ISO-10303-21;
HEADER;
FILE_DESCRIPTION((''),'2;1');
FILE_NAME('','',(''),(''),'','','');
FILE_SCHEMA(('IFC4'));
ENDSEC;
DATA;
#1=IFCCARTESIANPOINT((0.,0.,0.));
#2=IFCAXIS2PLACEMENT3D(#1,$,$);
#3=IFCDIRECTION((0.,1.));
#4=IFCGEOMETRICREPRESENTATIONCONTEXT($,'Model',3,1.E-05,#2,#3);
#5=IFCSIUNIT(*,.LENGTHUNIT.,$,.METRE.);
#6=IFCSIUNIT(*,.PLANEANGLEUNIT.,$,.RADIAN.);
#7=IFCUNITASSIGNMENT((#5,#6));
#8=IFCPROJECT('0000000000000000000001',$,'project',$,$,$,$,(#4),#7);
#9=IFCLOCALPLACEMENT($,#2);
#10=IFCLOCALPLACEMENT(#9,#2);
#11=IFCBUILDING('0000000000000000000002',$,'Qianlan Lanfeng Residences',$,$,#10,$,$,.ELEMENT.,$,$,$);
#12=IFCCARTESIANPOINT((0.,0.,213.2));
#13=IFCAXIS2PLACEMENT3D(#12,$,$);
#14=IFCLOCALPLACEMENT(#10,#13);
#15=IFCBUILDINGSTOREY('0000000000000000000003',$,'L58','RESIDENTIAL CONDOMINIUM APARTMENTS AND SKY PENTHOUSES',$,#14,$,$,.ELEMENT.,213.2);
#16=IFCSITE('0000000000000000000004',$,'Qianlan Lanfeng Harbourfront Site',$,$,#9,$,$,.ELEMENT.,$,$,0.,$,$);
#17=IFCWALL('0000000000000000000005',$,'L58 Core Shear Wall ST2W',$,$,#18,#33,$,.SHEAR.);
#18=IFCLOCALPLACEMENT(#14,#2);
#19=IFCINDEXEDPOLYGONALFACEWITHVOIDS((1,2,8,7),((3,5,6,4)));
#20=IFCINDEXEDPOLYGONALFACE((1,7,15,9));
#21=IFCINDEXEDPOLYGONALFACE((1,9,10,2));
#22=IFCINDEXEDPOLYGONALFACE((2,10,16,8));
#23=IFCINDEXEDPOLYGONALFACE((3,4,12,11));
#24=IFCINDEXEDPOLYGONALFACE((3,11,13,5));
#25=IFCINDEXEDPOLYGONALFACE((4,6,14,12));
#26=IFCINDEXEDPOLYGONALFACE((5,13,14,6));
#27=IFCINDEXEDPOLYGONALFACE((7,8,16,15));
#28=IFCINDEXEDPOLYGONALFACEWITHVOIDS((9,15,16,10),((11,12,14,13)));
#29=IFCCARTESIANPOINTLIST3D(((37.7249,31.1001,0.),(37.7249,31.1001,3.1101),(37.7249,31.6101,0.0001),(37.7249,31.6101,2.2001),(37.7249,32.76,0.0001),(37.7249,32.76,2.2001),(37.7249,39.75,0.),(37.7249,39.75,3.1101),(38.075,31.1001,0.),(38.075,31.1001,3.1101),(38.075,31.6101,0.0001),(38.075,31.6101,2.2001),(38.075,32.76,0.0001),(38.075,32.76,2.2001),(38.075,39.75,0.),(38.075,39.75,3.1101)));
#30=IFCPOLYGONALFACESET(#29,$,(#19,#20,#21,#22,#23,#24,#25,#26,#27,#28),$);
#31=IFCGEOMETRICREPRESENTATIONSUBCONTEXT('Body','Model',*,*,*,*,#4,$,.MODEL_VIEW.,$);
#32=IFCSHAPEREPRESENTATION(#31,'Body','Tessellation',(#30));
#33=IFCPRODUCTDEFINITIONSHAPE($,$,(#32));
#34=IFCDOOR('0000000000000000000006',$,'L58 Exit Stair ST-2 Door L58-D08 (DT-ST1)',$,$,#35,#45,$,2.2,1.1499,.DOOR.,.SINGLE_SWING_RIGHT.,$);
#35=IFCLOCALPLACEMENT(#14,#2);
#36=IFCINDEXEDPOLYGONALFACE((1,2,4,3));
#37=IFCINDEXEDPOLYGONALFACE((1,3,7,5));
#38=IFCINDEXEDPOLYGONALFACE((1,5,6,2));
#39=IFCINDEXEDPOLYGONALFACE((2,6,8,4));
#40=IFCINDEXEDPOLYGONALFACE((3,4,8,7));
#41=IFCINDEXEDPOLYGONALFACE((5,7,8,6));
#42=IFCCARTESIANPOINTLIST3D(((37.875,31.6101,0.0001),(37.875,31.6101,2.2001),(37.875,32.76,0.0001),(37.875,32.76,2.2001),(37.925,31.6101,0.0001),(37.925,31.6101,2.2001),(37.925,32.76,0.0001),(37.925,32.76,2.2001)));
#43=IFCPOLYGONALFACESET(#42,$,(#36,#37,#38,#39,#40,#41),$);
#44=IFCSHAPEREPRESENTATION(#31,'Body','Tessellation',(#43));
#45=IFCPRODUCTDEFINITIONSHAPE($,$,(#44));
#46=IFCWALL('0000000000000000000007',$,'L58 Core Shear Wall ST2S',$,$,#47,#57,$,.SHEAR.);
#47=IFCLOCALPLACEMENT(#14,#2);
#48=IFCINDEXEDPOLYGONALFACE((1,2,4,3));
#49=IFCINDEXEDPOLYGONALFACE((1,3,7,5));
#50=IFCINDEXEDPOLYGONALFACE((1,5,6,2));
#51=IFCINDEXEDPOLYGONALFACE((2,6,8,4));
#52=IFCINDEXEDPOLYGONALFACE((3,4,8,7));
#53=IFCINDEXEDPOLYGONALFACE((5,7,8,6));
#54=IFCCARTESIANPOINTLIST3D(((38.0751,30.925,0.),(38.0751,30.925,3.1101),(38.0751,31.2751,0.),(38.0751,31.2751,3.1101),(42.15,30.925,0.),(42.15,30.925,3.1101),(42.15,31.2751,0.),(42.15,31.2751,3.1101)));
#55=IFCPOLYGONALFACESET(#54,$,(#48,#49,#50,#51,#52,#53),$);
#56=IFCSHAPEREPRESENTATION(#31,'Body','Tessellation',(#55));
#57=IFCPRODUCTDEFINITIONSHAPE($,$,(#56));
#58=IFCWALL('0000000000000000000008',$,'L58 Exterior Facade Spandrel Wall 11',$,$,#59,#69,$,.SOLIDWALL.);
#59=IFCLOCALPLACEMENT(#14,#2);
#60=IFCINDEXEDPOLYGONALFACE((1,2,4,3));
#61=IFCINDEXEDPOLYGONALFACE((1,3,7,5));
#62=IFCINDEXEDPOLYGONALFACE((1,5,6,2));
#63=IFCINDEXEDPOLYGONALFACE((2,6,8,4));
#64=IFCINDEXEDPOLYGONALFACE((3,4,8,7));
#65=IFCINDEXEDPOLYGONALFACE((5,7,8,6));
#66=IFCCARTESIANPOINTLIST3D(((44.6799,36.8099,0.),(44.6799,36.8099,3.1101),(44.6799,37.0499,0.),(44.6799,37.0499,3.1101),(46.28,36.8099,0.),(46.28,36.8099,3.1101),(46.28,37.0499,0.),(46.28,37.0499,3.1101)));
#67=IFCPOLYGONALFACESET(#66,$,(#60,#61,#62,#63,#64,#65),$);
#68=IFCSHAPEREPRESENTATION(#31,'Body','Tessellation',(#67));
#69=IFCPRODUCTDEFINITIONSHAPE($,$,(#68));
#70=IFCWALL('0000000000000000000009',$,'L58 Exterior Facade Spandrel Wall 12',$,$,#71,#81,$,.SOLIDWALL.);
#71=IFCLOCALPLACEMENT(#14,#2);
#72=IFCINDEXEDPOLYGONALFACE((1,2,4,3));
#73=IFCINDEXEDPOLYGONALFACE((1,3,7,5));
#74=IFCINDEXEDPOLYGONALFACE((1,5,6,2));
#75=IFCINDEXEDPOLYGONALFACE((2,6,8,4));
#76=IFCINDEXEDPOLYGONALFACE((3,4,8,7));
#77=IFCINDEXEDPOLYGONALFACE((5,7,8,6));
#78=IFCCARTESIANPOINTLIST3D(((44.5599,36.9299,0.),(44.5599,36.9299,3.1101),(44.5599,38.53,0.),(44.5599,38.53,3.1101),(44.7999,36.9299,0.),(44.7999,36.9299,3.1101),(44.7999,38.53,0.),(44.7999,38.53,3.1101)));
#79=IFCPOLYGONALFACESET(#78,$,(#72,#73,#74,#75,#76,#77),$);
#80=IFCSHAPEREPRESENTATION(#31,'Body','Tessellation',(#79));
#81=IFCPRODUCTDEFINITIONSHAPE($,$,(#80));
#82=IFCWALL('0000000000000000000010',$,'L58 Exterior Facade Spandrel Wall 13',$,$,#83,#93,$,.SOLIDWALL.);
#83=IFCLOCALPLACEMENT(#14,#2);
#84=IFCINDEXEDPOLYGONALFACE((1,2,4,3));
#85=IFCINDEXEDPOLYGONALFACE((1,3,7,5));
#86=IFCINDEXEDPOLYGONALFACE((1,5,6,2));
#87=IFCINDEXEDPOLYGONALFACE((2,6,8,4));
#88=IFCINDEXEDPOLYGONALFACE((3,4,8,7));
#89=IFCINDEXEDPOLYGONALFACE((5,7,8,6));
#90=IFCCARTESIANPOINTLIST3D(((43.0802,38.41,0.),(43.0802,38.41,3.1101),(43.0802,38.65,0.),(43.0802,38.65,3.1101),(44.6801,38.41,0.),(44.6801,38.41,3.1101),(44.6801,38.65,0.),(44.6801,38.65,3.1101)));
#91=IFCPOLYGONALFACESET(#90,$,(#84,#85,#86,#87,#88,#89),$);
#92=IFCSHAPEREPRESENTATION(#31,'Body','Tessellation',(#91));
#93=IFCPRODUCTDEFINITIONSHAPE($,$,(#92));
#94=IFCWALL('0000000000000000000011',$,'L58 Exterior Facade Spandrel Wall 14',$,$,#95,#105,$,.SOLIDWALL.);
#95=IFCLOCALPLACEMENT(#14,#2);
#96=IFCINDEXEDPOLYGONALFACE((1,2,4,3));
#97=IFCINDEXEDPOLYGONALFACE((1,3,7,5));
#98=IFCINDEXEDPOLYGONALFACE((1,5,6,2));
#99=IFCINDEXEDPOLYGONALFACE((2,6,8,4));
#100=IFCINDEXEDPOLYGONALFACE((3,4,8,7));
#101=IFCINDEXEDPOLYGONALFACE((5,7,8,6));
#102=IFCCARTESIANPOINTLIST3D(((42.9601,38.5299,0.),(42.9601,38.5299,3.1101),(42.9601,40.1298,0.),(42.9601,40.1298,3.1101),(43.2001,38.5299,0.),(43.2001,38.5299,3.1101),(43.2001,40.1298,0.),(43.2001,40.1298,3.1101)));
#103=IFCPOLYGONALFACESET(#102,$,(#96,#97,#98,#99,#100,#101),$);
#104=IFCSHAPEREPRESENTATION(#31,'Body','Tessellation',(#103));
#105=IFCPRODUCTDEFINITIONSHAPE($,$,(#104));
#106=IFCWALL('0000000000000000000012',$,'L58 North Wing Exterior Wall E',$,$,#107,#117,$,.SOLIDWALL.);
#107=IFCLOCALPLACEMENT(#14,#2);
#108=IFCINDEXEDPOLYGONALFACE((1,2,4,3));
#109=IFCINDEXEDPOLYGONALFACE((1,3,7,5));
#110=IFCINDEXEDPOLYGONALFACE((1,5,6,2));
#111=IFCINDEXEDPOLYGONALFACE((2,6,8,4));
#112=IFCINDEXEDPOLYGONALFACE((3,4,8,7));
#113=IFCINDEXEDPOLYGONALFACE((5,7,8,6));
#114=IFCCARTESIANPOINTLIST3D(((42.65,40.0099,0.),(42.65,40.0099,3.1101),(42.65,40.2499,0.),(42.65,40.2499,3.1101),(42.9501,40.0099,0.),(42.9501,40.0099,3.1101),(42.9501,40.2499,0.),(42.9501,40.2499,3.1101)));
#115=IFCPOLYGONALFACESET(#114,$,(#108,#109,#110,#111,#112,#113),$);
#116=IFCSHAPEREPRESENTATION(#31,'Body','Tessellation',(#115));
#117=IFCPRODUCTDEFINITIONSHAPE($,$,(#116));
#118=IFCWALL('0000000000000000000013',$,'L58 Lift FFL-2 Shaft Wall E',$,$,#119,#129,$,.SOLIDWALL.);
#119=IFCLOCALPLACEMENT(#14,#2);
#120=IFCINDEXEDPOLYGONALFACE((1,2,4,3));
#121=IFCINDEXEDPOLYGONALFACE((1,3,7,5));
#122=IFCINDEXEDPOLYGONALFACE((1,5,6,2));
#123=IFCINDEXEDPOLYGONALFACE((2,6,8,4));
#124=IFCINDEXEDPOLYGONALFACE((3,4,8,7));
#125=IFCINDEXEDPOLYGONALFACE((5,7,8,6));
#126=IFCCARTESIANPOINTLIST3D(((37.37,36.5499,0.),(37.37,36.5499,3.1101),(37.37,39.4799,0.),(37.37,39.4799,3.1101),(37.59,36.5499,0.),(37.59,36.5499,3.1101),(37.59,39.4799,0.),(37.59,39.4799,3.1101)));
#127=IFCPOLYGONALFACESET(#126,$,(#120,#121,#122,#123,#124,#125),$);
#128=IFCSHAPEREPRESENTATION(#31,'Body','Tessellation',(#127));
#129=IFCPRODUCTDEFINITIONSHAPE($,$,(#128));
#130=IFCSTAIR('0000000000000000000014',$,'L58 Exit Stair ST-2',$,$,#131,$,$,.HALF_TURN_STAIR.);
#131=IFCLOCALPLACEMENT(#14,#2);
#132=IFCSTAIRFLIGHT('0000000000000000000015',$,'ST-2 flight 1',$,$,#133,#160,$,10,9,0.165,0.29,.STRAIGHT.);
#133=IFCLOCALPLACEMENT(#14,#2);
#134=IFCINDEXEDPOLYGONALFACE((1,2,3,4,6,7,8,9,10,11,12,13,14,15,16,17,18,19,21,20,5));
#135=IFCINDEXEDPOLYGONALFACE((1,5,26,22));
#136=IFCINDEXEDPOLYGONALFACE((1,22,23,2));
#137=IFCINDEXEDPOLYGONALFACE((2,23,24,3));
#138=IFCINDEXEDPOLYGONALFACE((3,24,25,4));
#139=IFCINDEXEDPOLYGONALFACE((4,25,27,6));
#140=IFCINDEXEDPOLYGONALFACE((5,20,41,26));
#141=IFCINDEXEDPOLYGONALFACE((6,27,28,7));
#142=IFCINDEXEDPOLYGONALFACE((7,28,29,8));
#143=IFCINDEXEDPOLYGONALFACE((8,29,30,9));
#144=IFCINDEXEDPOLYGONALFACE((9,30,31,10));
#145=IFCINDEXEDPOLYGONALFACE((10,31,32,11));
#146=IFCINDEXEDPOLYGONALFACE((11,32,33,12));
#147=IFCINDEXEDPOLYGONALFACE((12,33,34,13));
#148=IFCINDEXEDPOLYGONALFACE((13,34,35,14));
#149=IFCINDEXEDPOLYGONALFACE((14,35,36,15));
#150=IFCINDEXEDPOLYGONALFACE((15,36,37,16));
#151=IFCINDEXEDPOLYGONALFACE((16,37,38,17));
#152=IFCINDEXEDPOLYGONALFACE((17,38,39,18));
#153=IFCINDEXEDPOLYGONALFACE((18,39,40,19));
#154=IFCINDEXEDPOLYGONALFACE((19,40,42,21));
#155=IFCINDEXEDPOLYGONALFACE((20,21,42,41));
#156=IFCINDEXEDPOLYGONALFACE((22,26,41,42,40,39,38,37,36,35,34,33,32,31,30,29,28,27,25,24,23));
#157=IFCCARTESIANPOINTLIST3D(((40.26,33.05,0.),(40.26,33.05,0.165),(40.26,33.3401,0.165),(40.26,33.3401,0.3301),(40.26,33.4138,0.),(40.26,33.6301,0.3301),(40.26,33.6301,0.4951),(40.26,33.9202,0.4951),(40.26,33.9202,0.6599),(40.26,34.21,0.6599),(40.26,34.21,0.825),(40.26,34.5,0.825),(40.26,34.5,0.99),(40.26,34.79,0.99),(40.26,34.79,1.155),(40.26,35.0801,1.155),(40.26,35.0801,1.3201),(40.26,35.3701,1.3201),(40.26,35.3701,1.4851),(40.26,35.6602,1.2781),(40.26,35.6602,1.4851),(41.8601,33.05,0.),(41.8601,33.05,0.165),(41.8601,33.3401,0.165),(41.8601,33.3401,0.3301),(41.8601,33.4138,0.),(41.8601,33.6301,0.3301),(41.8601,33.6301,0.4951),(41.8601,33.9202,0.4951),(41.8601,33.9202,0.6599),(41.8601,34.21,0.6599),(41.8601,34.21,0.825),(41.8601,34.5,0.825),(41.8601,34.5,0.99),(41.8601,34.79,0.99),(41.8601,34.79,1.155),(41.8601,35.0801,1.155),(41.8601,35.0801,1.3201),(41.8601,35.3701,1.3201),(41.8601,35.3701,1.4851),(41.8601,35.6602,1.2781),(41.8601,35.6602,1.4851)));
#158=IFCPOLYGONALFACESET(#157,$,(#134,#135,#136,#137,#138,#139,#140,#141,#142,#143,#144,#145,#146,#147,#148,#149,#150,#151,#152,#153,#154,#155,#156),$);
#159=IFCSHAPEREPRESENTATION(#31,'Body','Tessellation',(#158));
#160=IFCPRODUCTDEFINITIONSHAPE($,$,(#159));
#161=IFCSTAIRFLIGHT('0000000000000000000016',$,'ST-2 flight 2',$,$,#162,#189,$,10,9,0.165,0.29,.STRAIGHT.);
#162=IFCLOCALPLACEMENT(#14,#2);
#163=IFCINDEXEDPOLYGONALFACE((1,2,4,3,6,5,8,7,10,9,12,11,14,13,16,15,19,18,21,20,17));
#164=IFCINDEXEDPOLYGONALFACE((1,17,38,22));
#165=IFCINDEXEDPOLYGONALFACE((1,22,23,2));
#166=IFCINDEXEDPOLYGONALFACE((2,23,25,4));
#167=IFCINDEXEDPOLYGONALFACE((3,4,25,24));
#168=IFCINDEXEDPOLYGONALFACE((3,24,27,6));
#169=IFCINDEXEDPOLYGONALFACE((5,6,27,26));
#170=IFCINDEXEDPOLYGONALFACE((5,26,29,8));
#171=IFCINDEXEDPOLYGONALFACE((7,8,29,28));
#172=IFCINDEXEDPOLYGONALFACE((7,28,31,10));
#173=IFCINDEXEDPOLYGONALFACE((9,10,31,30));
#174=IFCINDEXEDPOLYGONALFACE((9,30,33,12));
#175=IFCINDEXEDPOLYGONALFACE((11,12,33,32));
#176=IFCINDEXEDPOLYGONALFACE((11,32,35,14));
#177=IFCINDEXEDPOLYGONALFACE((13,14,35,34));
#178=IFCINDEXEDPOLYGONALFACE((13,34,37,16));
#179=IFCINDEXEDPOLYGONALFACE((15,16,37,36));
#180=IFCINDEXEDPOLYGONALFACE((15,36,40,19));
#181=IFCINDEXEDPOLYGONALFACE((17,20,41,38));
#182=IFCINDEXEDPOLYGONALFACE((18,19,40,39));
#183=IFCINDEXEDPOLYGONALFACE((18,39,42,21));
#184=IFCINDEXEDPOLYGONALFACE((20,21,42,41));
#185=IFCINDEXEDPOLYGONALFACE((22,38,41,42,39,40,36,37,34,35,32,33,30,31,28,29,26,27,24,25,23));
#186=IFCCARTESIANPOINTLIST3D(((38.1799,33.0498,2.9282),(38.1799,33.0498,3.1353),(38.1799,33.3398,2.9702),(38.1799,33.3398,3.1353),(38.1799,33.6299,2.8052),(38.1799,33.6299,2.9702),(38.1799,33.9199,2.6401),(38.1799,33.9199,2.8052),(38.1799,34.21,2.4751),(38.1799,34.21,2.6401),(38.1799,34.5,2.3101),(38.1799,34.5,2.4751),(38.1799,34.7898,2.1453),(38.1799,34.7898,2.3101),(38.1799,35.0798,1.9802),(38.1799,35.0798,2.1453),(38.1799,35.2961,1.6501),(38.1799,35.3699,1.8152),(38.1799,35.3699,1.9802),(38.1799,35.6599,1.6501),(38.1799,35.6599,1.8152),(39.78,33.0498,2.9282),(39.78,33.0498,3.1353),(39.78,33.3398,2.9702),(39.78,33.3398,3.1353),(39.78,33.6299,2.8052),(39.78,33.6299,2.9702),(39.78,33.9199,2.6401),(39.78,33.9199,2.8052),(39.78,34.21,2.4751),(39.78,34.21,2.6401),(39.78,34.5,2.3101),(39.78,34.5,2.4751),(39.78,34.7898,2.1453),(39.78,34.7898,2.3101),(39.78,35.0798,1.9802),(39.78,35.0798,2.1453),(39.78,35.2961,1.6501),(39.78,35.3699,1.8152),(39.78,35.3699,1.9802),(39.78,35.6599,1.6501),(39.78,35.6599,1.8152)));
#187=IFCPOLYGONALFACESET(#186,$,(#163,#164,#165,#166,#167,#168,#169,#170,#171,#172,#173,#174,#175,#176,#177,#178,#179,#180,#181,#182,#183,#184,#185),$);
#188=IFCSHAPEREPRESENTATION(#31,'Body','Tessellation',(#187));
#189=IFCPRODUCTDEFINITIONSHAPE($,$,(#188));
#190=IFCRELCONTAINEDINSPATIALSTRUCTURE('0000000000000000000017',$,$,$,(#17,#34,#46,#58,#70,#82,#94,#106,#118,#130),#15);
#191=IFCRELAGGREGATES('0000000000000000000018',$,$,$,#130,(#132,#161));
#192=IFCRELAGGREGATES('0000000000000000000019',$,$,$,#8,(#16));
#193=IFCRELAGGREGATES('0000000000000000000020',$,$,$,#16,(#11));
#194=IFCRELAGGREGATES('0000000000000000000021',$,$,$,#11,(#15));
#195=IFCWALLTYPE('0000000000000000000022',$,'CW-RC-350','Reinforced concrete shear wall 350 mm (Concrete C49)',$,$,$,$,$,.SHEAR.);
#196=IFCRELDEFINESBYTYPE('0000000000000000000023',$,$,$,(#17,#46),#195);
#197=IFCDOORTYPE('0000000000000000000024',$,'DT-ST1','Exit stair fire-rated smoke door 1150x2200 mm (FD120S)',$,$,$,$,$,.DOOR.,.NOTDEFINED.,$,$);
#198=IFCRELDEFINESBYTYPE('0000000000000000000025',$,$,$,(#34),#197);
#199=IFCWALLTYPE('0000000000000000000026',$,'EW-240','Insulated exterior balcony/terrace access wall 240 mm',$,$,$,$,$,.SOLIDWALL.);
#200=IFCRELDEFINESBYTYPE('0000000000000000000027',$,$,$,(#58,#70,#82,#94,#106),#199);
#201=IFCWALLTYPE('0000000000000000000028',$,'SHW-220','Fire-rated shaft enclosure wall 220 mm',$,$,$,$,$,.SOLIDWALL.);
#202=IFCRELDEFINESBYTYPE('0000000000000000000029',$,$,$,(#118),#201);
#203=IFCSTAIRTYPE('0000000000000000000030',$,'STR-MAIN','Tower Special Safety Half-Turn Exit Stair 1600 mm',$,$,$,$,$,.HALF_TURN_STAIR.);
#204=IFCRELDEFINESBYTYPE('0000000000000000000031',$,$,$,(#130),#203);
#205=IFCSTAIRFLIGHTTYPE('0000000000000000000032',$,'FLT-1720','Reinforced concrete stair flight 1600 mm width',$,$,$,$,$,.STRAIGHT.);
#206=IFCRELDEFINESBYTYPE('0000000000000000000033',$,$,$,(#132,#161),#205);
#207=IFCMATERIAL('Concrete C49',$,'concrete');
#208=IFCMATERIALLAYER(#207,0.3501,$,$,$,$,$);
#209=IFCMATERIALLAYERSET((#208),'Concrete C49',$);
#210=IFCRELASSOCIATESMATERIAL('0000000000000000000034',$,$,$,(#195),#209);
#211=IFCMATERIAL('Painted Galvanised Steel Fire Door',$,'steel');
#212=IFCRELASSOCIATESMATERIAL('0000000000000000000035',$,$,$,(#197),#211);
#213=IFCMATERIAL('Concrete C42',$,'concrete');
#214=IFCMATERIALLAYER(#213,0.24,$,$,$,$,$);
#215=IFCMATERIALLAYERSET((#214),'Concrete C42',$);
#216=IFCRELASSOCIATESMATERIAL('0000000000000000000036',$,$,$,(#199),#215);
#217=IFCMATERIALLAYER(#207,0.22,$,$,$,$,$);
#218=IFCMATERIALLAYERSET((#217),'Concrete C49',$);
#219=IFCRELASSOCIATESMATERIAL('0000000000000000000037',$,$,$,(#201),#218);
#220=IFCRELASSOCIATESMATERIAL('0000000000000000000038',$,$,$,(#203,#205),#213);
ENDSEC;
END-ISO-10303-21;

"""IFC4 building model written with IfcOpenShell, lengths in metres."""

from ifc_helpers import new_model, si_unit, direction, frame, frame_2d, origin, place, context, subcontext, project, spatial, polyline, rectangle, outline, extrude, material, layer, layer_set, type_object, element, fill, aggregate, save


model = new_model("IFC4")

# Units and contexts
model_context = context("Model", 3, precision=1e-05, world=origin(), true_north=direction((0.0, 1.0)))
body_context = subcontext(model_context, "Body", "Model", "MODEL_VIEW")
ifc_project = project(units=[si_unit("LENGTHUNIT", "METRE"), si_unit("PLANEANGLEUNIT", "RADIAN")], contexts=[model_context])

# Site, building, storey
site_placement = place(None, origin())
site = spatial("IfcSite", under=ifc_project, at=site_placement, Name="Qianlan Lanfeng Harbourfront Site", CompositionType="ELEMENT", RefElevation=0.0)
building_placement = place(site_placement, origin())
building = spatial("IfcBuilding", under=site, at=building_placement, Name="Qianlan Lanfeng Residences", CompositionType="ELEMENT")
storey_placement = place(building_placement, frame((0.0, 0.0, 213.2)))
storey = spatial("IfcBuildingStorey", under=building, at=storey_placement, Name="L58", Description="RESIDENTIAL CONDOMINIUM APARTMENTS AND SKY PENTHOUSES", CompositionType="ELEMENT", Elevation=213.2)

# Wall, opening, door
ifc_material_1 = material(Name="Concrete C49", Category="concrete")
ifc_layer_1 = layer(ifc_material_1, 0.3501)
ifc_layer_set_1 = layer_set([ifc_layer_1], Name="Concrete C49")
wall_type_1 = type_object("IfcWallType", Name="CW-RC-350", Description="Reinforced concrete shear wall 350 mm (Concrete C49)", PredefinedType="SHEAR", material=ifc_layer_set_1)
wall_1_placement = place(storey_placement, frame((37.8999, 31.1001, 0.0), z_axis=(0.0, 0.0, 1.0), x_axis=(0.0, 1.0, 0.0)))
wall_1 = element("IfcWall", 1, at=wall_1_placement, inside=storey, type_object=wall_type_1, Name="L58 Core Shear Wall ST2W", PredefinedType="SHEAR", context=body_context, shape_type="SweptSolid", body=[
    extrude(rectangle(XDim=8.6499, YDim=0.3501, at=frame_2d((4.325, 0.0))), origin(), (0.0, 0.0, 1.0), 3.1101),
])
opening_placement = place(wall_1_placement, frame((0.51, 0.0, 0.0)))
opening = element("IfcOpeningElement", 2, at=opening_placement, cuts=wall_1, PredefinedType="OPENING", context=body_context, shape_type="SweptSolid", body=[
    extrude(rectangle(XDim=1.1499, YDim=2.2, at=frame_2d((0.575, 1.1001))), frame((0.0, 0.1851, 0.0), z_axis=(0.0, -1.0, 0.0), x_axis=(1.0, 0.0, 0.0)), (0.0, 0.0, 1.0), 0.3701),
])
ifc_material_2 = material(Name="Painted Galvanised Steel Fire Door", Category="steel")
door_type = type_object("IfcDoorType", Name="DT-ST1", Description="Exit stair fire-rated smoke door 1150x2200 mm (FD120S)", OperationType="NOTDEFINED", PredefinedType="DOOR", material=ifc_material_2)
door_placement = place(opening_placement, origin())
door = element("IfcDoor", 3, at=door_placement, inside=storey, type_object=door_type, Name="L58 Exit Stair ST-2 Door L58-D08 (DT-ST1)", OperationType="SINGLE_SWING_RIGHT", OverallHeight=2.2, OverallWidth=1.1499, PredefinedType="DOOR", context=body_context, shape_type="SweptSolid", body=[
    extrude(rectangle(XDim=1.1499, YDim=2.2, at=frame_2d((0.575, 1.1001))), frame((0.0, 0.0249, 0.0), z_axis=(0.0, -1.0, 0.0), x_axis=(1.0, 0.0, 0.0)), (0.0, 0.0, 1.0), 0.05),
])
fill(opening, door)

# Walls
wall_2_placement = place(storey_placement, frame((38.075, 31.1001, 0.0), z_axis=(0.0, 0.0, 1.0), x_axis=(1.0, 0.0, 0.0)))
element("IfcWall", 4, at=wall_2_placement, inside=storey, type_object=wall_type_1, Name="L58 Core Shear Wall ST2S", PredefinedType="SHEAR", context=body_context, shape_type="SweptSolid", body=[
    extrude(rectangle(XDim=4.075, YDim=0.3501, at=frame_2d((2.0376, 0.0))), origin(), (0.0, 0.0, 1.0), 3.1101),
])
ifc_material_3 = material(Name="Concrete C42", Category="concrete")
ifc_layer_2 = layer(ifc_material_3, 0.24)
ifc_layer_set_2 = layer_set([ifc_layer_2], Name="Concrete C42")
wall_type_2 = type_object("IfcWallType", Name="EW-240", Description="Insulated exterior balcony/terrace access wall 240 mm", PredefinedType="SOLIDWALL", material=ifc_layer_set_2)
for number, where, z_axis, x_axis, name in (
    (5, (46.28, 36.9299, 0.0), (0.0, 0.0, 1.0), (-1.0, 0.0, 0.0), "L58 Exterior Facade Spandrel Wall 11"),
    (6, (44.6799, 36.9299, 0.0), (0.0, 0.0, 1.0), (0.0, 1.0, 0.0), "L58 Exterior Facade Spandrel Wall 12"),
):
    element("IfcWall", number, at=place(storey_placement, frame(where, z_axis=z_axis, x_axis=x_axis)), inside=storey, type_object=wall_type_2, Name=name, PredefinedType="SOLIDWALL", context=body_context, shape_type="SweptSolid", body=[
        extrude(rectangle(XDim=1.6001, YDim=0.24, at=frame_2d((0.8, 0.0))), origin(), (0.0, 0.0, 1.0), 3.1101),
    ])
for number, where, z_axis, x_axis, name in (
    (7, (44.6799, 38.53, 0.0), (0.0, 0.0, 1.0), (-1.0, 0.0, 0.0), "L58 Exterior Facade Spandrel Wall 13"),
    (8, (43.0801, 38.53, 0.0), (0.0, 0.0, 1.0), (0.0, 1.0, 0.0), "L58 Exterior Facade Spandrel Wall 14"),
):
    element("IfcWall", number, at=place(storey_placement, frame(where, z_axis=z_axis, x_axis=x_axis)), inside=storey, type_object=wall_type_2, Name=name, PredefinedType="SOLIDWALL", context=body_context, shape_type="SweptSolid", body=[
        extrude(rectangle(XDim=1.5999, YDim=0.24, at=frame_2d((0.7998, 0.0))), origin(), (0.0, 0.0, 1.0), 3.1101),
    ])
wall_3_placement = place(storey_placement, frame((42.95, 40.1299, 0.0), z_axis=(0.0, 0.0, 1.0), x_axis=(-1.0, 0.0, 0.0)))
element("IfcWall", 9, at=wall_3_placement, inside=storey, type_object=wall_type_2, Name="L58 North Wing Exterior Wall E", PredefinedType="SOLIDWALL", context=body_context, shape_type="SweptSolid", body=[
    extrude(rectangle(XDim=0.3, YDim=0.24, at=frame_2d((0.1499, 0.0))), origin(), (0.0, 0.0, 1.0), 3.1101),
])
ifc_layer_3 = layer(ifc_material_1, 0.22)
ifc_layer_set_3 = layer_set([ifc_layer_3], Name="Concrete C49")
wall_type_3 = type_object("IfcWallType", Name="SHW-220", Description="Fire-rated shaft enclosure wall 220 mm", PredefinedType="SOLIDWALL", material=ifc_layer_set_3)
wall_4_placement = place(storey_placement, frame((37.48, 36.55, 0.0), z_axis=(0.0, 0.0, 1.0), x_axis=(0.0, 1.0, 0.0)))
element("IfcWall", 10, at=wall_4_placement, inside=storey, type_object=wall_type_3, Name="L58 Lift FFL-2 Shaft Wall E", PredefinedType="SOLIDWALL", context=body_context, shape_type="SweptSolid", body=[
    extrude(rectangle(XDim=2.9299, YDim=0.22, at=frame_2d((1.4648, 0.0))), origin(), (0.0, 0.0, 1.0), 3.1101),
])

# Stair, stair flights
stair_type = type_object("IfcStairType", Name="STR-MAIN", Description="Tower Special Safety Half-Turn Exit Stair 1600 mm", PredefinedType="HALF_TURN_STAIR", material=ifc_material_3)
stair_placement = place(storey_placement, origin())
stair = element("IfcStair", 11, at=stair_placement, inside=storey, type_object=stair_type, Name="L58 Exit Stair ST-2", PredefinedType="HALF_TURN_STAIR")
stair_flight_type = type_object("IfcStairFlightType", Name="FLT-1720", Description="Reinforced concrete stair flight 1600 mm width", PredefinedType="STRAIGHT", material=ifc_material_3)
stair_flight_1_placement = place(storey_placement, frame((41.0601, 33.05, 0.0), z_axis=(0.0, 0.0, 1.0), x_axis=(0.0, 1.0, 0.0)))
stair_flight_1 = element("IfcStairFlight", 12, at=stair_flight_1_placement, type_object=stair_flight_type, Name="ST-2 flight 1", NumberOfRisers=10, NumberOfTreads=9, PredefinedType="STRAIGHT", RiserHeight=0.165, TreadLength=0.29, context=body_context, shape_type="SweptSolid", body=[
    extrude(outline(polyline([(0.0, 0.0), (0.0, 0.165), (0.29, 0.165), (0.29, 0.3301), (0.5801, 0.3301), (0.5801, 0.4951), (0.8701, 0.4951), (0.8701, 0.6599), (1.1599, 0.6599), (1.1599, 0.825), (1.45, 0.825), (1.45, 0.99), (1.74, 0.99), (1.74, 1.155), (2.03, 1.155), (2.03, 1.3201), (2.3201, 1.3201), (2.3201, 1.4851), (2.6101, 1.4851), (2.6101, 1.6499), (2.6101, 1.2781), (0.3638, 0.0), (0.0, 0.0)])), frame((0.0, 0.8, 0.0), z_axis=(0.0, -1.0, 0.0), x_axis=(1.0, 0.0, 0.0)), (0.0, 0.0, 1.0), 1.6001),
])
stair_flight_2_placement = place(storey_placement, frame((38.98, 35.6599, 1.6501), z_axis=(0.0, 0.0, 1.0), x_axis=(0.0, -1.0, 0.0)))
stair_flight_2 = element("IfcStairFlight", 13, at=stair_flight_2_placement, type_object=stair_flight_type, Name="ST-2 flight 2", NumberOfRisers=10, NumberOfTreads=9, PredefinedType="STRAIGHT", RiserHeight=0.165, TreadLength=0.29, context=body_context, shape_type="SweptSolid", body=[
    extrude(outline(polyline([(0.0, 0.0), (0.0, 0.165), (0.29, 0.165), (0.29, 0.3301), (0.5801, 0.3301), (0.5801, 0.4951), (0.8701, 0.4951), (0.8701, 0.6599), (1.1599, 0.6599), (1.1599, 0.825), (1.45, 0.825), (1.45, 0.99), (1.74, 0.99), (1.74, 1.155), (2.03, 1.155), (2.03, 1.3201), (2.3201, 1.3201), (2.3201, 1.4851), (2.6101, 1.4851), (2.6101, 1.6499), (2.6101, 1.2781), (0.3638, 0.0), (0.0, 0.0)])), frame((0.0, 0.8, 0.0), z_axis=(0.0, -1.0, 0.0), x_axis=(1.0, 0.0, 0.0)), (0.0, 0.0, 1.0), 1.6001),
])
aggregate(stair, [stair_flight_1, stair_flight_2])

save(model, "model.ifc")
